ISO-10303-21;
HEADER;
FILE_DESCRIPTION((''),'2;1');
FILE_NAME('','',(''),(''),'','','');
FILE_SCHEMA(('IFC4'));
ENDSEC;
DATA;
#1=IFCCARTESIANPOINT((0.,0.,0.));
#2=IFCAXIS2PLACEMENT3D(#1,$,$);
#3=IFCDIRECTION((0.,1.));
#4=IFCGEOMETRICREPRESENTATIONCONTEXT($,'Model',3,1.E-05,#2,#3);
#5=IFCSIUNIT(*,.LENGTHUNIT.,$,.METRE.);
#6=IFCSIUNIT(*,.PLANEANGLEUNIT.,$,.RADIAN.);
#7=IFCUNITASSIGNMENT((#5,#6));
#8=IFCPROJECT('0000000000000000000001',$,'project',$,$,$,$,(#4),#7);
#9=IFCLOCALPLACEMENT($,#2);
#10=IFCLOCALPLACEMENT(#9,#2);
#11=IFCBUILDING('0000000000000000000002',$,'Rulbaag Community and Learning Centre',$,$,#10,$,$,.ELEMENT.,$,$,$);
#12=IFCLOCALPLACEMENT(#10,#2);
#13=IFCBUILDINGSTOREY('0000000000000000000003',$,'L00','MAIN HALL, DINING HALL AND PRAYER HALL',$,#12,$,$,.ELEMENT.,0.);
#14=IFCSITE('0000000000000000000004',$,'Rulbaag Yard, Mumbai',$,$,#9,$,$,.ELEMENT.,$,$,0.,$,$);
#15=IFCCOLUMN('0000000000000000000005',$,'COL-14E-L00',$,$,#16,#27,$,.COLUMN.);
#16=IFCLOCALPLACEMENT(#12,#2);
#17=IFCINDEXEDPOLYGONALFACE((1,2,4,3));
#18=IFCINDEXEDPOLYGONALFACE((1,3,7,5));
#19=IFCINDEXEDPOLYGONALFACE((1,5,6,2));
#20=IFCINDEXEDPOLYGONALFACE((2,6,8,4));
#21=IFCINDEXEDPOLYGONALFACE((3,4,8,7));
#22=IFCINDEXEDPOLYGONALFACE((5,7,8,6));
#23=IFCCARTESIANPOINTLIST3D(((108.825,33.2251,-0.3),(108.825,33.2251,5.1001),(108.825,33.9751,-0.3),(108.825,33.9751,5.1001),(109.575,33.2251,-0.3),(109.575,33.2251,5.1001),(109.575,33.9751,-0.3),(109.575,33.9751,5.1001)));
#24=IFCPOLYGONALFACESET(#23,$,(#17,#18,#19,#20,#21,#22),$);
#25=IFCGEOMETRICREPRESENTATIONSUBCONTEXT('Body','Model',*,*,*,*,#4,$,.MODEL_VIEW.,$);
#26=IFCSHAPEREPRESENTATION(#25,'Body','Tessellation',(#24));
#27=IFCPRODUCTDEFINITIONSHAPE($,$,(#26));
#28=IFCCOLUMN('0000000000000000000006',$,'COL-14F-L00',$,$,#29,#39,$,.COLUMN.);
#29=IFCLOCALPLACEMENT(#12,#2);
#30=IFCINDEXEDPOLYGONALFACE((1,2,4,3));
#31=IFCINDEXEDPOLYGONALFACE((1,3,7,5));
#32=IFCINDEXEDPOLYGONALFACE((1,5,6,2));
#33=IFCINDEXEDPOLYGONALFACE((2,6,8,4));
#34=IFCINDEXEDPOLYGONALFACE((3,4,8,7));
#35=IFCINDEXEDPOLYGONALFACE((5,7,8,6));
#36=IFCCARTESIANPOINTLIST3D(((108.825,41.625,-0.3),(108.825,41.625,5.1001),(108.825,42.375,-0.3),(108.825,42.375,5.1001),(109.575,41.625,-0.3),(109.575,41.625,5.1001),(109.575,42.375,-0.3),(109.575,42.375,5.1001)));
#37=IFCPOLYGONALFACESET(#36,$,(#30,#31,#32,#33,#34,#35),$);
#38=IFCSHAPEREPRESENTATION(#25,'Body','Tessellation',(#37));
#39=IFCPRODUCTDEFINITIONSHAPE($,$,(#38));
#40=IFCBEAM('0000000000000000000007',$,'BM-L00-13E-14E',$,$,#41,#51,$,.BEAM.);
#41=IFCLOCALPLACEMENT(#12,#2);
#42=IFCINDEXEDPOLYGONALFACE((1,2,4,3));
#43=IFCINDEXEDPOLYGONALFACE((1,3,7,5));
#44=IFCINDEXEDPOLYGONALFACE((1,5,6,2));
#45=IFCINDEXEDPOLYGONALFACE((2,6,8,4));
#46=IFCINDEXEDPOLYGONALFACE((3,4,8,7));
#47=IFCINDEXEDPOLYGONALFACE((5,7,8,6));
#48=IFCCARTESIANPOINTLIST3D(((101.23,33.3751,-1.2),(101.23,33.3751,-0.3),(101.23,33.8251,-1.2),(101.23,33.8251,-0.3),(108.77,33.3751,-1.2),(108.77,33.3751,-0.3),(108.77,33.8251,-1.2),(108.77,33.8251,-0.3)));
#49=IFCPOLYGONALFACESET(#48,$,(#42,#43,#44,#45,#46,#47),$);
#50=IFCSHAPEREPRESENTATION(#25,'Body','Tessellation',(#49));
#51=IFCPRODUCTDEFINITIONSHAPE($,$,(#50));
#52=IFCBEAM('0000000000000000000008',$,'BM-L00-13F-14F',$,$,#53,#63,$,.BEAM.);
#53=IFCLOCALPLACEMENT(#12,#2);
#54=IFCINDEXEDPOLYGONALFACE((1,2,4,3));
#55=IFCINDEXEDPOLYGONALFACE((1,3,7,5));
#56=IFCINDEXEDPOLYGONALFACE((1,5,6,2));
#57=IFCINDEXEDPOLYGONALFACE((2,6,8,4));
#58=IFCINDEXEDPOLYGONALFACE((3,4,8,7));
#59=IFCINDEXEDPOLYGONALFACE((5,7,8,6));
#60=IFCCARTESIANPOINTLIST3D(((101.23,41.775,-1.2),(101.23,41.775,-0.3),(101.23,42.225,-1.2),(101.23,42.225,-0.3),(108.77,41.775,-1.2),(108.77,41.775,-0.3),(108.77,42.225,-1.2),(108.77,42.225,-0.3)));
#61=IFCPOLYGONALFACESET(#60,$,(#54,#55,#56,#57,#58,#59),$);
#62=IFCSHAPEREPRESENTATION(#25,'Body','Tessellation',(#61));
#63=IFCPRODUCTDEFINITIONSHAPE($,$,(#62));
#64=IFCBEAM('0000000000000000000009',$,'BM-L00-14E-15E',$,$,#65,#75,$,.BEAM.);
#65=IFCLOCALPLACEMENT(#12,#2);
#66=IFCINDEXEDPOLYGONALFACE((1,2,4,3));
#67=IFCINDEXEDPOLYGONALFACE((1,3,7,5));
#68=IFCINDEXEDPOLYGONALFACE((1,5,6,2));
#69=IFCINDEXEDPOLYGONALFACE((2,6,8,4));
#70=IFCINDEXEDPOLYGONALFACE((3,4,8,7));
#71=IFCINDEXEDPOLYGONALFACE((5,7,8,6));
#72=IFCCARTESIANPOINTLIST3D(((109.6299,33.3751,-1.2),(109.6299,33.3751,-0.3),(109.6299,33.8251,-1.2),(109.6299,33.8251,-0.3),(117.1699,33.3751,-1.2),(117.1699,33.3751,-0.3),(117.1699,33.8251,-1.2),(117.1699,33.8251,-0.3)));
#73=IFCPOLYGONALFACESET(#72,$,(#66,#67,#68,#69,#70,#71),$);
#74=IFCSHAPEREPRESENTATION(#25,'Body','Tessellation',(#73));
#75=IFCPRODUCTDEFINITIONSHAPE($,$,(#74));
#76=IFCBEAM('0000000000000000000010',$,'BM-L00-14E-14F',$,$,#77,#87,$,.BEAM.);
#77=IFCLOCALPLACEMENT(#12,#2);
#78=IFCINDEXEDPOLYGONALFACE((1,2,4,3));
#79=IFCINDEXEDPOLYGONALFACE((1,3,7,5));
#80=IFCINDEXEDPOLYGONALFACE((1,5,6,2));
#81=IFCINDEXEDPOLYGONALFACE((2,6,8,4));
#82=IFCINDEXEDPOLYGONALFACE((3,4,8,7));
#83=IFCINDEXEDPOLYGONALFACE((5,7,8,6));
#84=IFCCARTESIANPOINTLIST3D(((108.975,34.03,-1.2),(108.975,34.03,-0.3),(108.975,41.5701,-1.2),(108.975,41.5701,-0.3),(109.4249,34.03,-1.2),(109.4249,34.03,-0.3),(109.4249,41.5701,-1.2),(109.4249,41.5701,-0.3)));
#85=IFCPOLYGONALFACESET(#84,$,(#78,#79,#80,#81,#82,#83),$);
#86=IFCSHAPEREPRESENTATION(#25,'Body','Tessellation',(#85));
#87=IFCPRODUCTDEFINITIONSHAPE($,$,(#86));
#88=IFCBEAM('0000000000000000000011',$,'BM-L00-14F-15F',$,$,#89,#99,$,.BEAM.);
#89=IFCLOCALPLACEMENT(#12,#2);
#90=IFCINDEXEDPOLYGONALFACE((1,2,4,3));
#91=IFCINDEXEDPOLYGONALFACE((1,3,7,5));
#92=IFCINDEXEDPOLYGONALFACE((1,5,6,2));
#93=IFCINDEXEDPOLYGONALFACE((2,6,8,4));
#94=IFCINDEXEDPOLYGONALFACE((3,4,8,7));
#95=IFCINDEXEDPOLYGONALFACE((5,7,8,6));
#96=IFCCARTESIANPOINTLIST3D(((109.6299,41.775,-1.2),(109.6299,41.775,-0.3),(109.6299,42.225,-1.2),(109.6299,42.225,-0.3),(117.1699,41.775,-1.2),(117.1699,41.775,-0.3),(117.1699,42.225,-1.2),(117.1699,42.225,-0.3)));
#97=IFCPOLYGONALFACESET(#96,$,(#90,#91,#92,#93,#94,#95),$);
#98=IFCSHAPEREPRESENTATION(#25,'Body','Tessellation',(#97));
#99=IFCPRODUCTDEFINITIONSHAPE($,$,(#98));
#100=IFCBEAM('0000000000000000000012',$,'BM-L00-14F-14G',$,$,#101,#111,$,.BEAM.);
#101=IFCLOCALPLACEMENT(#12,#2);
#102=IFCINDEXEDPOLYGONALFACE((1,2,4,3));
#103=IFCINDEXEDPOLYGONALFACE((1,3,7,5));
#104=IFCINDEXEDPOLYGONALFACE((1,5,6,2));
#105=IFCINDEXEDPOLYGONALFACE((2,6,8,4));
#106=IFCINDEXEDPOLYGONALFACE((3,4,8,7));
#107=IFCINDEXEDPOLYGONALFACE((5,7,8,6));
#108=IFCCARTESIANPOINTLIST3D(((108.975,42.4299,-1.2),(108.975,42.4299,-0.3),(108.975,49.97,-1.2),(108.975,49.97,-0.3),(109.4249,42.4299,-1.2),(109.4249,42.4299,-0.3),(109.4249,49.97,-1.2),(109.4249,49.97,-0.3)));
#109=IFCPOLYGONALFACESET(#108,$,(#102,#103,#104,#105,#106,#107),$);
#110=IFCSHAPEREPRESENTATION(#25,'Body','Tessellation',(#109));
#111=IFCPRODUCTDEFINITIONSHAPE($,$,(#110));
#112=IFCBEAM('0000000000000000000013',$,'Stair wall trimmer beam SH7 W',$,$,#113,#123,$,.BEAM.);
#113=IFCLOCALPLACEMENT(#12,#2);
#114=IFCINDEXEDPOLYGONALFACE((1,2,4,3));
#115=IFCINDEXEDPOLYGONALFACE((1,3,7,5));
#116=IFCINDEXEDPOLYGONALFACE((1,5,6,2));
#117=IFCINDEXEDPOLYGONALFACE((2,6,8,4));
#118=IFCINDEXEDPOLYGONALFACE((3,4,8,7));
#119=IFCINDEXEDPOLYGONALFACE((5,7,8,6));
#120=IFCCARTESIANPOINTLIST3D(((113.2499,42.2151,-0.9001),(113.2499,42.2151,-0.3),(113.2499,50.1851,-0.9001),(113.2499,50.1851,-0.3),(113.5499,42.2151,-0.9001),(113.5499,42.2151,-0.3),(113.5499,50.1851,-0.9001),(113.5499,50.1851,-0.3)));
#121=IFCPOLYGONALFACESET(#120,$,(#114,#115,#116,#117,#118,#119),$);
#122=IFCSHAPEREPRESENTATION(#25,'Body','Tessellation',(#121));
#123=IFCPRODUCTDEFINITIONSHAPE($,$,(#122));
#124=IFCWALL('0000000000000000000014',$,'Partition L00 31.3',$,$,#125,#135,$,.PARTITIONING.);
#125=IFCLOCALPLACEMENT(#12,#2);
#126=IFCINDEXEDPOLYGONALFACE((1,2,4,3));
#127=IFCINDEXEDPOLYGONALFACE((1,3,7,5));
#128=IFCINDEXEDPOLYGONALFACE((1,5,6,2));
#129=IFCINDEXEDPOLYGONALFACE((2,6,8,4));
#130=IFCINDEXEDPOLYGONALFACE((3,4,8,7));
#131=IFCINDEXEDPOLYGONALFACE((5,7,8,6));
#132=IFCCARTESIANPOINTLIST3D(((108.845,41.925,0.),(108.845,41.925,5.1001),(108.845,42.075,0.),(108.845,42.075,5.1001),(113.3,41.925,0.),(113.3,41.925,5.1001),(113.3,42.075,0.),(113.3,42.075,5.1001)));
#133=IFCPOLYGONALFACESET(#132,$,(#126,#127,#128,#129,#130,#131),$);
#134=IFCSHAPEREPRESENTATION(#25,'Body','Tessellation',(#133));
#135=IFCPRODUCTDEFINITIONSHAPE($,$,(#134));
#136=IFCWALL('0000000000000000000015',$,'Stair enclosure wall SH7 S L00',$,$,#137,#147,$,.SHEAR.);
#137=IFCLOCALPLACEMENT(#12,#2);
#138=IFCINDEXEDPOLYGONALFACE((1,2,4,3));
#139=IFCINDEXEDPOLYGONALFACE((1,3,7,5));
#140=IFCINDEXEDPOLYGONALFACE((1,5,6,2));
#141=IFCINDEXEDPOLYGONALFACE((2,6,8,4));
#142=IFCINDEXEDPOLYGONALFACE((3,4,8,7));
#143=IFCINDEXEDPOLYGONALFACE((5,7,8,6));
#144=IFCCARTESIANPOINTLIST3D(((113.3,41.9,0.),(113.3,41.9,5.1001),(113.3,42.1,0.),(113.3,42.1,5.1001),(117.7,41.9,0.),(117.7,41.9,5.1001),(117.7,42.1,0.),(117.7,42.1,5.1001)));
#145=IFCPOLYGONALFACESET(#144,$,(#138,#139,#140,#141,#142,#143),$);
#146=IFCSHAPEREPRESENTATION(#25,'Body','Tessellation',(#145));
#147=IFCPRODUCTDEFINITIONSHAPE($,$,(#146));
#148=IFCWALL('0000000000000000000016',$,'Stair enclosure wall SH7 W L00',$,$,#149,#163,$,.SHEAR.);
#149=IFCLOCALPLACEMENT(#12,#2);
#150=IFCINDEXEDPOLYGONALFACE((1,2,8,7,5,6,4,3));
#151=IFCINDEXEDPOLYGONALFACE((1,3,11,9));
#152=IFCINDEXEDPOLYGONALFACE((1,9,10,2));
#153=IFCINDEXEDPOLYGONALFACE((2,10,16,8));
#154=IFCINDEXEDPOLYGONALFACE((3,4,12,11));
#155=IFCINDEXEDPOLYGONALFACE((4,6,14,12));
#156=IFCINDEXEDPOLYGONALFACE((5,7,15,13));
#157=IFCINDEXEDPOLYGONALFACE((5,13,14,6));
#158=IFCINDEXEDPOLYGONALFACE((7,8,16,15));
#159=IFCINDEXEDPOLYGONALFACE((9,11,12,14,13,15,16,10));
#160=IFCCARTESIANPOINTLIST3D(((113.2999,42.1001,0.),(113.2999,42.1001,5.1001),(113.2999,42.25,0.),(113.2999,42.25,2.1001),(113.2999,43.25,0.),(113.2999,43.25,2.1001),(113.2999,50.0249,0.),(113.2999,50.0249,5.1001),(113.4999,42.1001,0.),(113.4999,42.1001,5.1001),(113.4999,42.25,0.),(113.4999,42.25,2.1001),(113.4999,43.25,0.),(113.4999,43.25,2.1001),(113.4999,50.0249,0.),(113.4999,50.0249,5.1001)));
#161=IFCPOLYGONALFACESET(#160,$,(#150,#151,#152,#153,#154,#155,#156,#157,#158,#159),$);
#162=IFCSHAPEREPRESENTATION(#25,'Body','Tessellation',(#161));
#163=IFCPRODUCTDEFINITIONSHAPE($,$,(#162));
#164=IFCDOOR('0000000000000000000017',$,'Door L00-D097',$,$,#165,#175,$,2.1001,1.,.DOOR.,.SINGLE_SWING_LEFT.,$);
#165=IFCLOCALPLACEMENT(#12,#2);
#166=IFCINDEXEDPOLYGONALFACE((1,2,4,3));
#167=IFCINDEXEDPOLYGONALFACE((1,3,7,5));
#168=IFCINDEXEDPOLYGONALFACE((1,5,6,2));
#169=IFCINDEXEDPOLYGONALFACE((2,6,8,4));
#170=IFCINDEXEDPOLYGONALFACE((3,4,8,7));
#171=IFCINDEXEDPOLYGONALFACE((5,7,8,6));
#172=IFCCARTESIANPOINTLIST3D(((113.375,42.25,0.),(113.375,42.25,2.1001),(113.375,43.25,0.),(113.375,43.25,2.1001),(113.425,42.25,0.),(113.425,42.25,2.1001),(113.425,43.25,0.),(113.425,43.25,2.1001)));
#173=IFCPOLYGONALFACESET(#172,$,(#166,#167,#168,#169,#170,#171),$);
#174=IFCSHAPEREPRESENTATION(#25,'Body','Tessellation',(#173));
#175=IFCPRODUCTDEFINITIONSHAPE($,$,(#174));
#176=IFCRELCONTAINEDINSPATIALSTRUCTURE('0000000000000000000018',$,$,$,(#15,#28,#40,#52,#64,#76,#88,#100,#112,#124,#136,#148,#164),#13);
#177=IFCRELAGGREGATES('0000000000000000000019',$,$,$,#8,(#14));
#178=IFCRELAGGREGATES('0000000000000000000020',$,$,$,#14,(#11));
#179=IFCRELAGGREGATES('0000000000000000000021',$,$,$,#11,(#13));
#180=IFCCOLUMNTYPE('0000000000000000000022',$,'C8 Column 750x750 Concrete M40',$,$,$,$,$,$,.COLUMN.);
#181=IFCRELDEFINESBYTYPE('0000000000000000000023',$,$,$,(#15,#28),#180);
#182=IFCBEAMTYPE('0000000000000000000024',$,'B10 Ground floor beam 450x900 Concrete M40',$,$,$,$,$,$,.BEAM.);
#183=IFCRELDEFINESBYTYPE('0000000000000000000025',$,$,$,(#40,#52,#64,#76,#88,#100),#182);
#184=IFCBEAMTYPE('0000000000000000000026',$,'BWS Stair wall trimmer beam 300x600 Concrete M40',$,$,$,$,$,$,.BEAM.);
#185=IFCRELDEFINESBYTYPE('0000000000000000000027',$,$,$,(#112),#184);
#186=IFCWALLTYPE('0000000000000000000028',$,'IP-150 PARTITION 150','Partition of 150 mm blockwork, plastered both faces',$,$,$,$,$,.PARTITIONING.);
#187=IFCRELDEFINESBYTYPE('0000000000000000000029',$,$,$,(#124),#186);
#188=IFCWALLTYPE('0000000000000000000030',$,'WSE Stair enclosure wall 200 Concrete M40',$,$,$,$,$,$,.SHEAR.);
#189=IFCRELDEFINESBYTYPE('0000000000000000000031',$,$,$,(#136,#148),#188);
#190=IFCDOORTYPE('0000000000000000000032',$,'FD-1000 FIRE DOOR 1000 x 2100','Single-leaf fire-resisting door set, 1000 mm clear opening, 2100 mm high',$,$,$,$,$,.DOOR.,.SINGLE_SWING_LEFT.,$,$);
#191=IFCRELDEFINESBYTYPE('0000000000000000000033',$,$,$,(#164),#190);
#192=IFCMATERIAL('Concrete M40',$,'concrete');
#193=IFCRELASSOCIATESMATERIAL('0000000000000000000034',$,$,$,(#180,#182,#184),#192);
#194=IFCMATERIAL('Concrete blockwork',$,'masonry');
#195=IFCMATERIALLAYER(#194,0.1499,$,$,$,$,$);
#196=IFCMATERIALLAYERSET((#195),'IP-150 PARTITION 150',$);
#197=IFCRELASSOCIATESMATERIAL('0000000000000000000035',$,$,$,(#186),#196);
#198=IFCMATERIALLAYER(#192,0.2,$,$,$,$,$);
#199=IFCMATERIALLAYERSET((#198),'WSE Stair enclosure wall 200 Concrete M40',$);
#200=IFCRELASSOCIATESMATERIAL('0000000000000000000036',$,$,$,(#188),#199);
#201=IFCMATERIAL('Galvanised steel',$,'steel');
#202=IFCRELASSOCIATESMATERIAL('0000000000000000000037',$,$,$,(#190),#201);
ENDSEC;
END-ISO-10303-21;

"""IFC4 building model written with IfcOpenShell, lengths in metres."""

from ifc_helpers import new_model, si_unit, direction, frame, frame_2d, origin, origin_2d, place, context, subcontext, project, spatial, rectangle, extrude, material, layer, layer_set, material_profile, profile_set, type_object, element, fill, save


model = new_model("IFC4")

# Units and contexts
model_context = context("Model", 3, precision=1e-05, world=origin(), true_north=direction((0.0, 1.0)))
body_context = subcontext(model_context, "Body", "Model", "MODEL_VIEW")
ifc_project = project(units=[si_unit("LENGTHUNIT", "METRE"), si_unit("PLANEANGLEUNIT", "RADIAN")], contexts=[model_context])

# Site, building, storey
site_placement = place(None, origin())
site = spatial("IfcSite", under=ifc_project, at=site_placement, Name="Rulbaag Yard, Mumbai", CompositionType="ELEMENT", RefElevation=0.0)
building_placement = place(site_placement, origin())
building = spatial("IfcBuilding", under=site, at=building_placement, Name="Rulbaag Community and Learning Centre", CompositionType="ELEMENT")
storey_placement = place(building_placement, origin())
storey = spatial("IfcBuildingStorey", under=building, at=storey_placement, Name="L00", Description="MAIN HALL, DINING HALL AND PRAYER HALL", CompositionType="ELEMENT", Elevation=0.0)

# Columns
ifc_material_1 = material(Name="Concrete M40", Category="concrete")
ifc_material_profile_1 = material_profile(ifc_material_1, rectangle(XDim=0.75, YDim=0.75, at=origin_2d()), Name="RC750x750")
ifc_profile_set_1 = profile_set([ifc_material_profile_1], Name="Concrete M40")
column_type = type_object("IfcColumnType", Name="C8 Column 750x750 Concrete M40", PredefinedType="COLUMN", material=ifc_profile_set_1)
for number, where, z_axis, x_axis, name in (
    (1, (109.2, 33.6001, -0.3), (0.0, 0.0, 1.0), (1.0, 0.0, 0.0), "COL-14E-L00"),
    (2, (109.2, 42.0, -0.3), (0.0, 0.0, 1.0), (1.0, 0.0, 0.0), "COL-14F-L00"),
):
    element("IfcColumn", number, at=place(storey_placement, frame(where, z_axis=z_axis, x_axis=x_axis)), inside=storey, type_object=column_type, Name=name, PredefinedType="COLUMN", context=body_context, shape_type="SweptSolid", body=[
        extrude(rectangle(XDim=0.75, YDim=0.75, at=origin_2d()), origin(), (0.0, 0.0, 1.0), 5.4001),
    ])

# Beams
ifc_material_profile_2 = material_profile(ifc_material_1, rectangle(XDim=0.45, YDim=0.8999, at=origin_2d()), Name="RB450x900")
ifc_profile_set_2 = profile_set([ifc_material_profile_2], Name="Concrete M40")
beam_type_1 = type_object("IfcBeamType", Name="B10 Ground floor beam 450x900 Concrete M40", PredefinedType="BEAM", material=ifc_profile_set_2)
for number, where, z_axis, x_axis, name in (
    (3, (101.23, 33.6001, -0.75), (1.0, 0.0, 0.0), (0.0, 1.0, 0.0), "BM-L00-13E-14E"),
    (4, (101.23, 42.0, -0.75), (1.0, 0.0, 0.0), (0.0, 1.0, 0.0), "BM-L00-13F-14F"),
    (5, (109.6299, 33.6001, -0.75), (1.0, 0.0, 0.0), (0.0, 1.0, 0.0), "BM-L00-14E-15E"),
    (6, (109.2, 34.03, -0.75), (0.0, 1.0, 0.0), (-1.0, 0.0, 0.0), "BM-L00-14E-14F"),
    (7, (109.6299, 42.0, -0.75), (1.0, 0.0, 0.0), (0.0, 1.0, 0.0), "BM-L00-14F-15F"),
    (8, (109.2, 42.4299, -0.75), (0.0, 1.0, 0.0), (-1.0, 0.0, 0.0), "BM-L00-14F-14G"),
):
    element("IfcBeam", number, at=place(storey_placement, frame(where, z_axis=z_axis, x_axis=x_axis)), inside=storey, type_object=beam_type_1, Name=name, PredefinedType="BEAM", context=body_context, shape_type="SweptSolid", body=[
        extrude(rectangle(XDim=0.45, YDim=0.8999, at=origin_2d()), origin(), (0.0, 0.0, 1.0), 7.54),
    ])
ifc_material_profile_3 = material_profile(ifc_material_1, rectangle(XDim=0.3, YDim=0.6001, at=origin_2d()), Name="RB300x600")
ifc_profile_set_3 = profile_set([ifc_material_profile_3], Name="Concrete M40")
beam_type_2 = type_object("IfcBeamType", Name="BWS Stair wall trimmer beam 300x600 Concrete M40", PredefinedType="BEAM", material=ifc_profile_set_3)
beam_placement = place(storey_placement, frame((113.3999, 42.2151, -0.6001), z_axis=(0.0, 1.0, 0.0), x_axis=(-1.0, 0.0, 0.0)))
element("IfcBeam", 9, at=beam_placement, inside=storey, type_object=beam_type_2, Name="Stair wall trimmer beam SH7 W", PredefinedType="BEAM", context=body_context, shape_type="SweptSolid", body=[
    extrude(rectangle(XDim=0.3, YDim=0.6001, at=origin_2d()), origin(), (0.0, 0.0, 1.0), 7.97),
])

# Shared definitions
ifc_material_2 = material(Name="Concrete blockwork", Category="masonry")
ifc_layer_1 = layer(ifc_material_2, 0.1499)
ifc_layer_set_1 = layer_set([ifc_layer_1], Name="IP-150 PARTITION 150")
wall_type_1 = type_object("IfcWallType", Name="IP-150 PARTITION 150", Description="Partition of 150 mm blockwork, plastered both faces", PredefinedType="PARTITIONING", material=ifc_layer_set_1)

# Walls
wall_1_placement = place(storey_placement, frame((108.845, 42.0, 0.0), z_axis=(0.0, 0.0, 1.0), x_axis=(1.0, 0.0, 0.0)))
element("IfcWall", 10, at=wall_1_placement, inside=storey, type_object=wall_type_1, Name="Partition L00 31.3", PredefinedType="PARTITIONING", context=body_context, shape_type="SweptSolid", body=[
    extrude(rectangle(XDim=4.4551, YDim=0.1499, at=frame_2d((2.2275, 0.0))), origin(), (0.0, 0.0, 1.0), 5.1001),
])
ifc_layer_2 = layer(ifc_material_1, 0.2)
ifc_layer_set_2 = layer_set([ifc_layer_2], Name="WSE Stair enclosure wall 200 Concrete M40")
wall_type_2 = type_object("IfcWallType", Name="WSE Stair enclosure wall 200 Concrete M40", PredefinedType="SHEAR", material=ifc_layer_set_2)
wall_2_placement = place(storey_placement, frame((113.3, 42.0, 0.0), z_axis=(0.0, 0.0, 1.0), x_axis=(1.0, 0.0, 0.0)))
element("IfcWall", 11, at=wall_2_placement, inside=storey, type_object=wall_type_2, Name="Stair enclosure wall SH7 S L00", PredefinedType="SHEAR", context=body_context, shape_type="SweptSolid", body=[
    extrude(rectangle(XDim=4.3999, YDim=0.2, at=frame_2d((2.2, 0.0))), origin(), (0.0, 0.0, 1.0), 5.1001),
])

# Wall, opening, door
wall_3_placement = place(storey_placement, frame((113.3999, 42.1001, 0.0), z_axis=(0.0, 0.0, 1.0), x_axis=(0.0, 1.0, 0.0)))
wall_3 = element("IfcWall", 12, at=wall_3_placement, inside=storey, type_object=wall_type_2, Name="Stair enclosure wall SH7 W L00", PredefinedType="SHEAR", context=body_context, shape_type="SweptSolid", body=[
    extrude(rectangle(XDim=7.9248, YDim=0.2, at=frame_2d((3.9624, 0.0))), origin(), (0.0, 0.0, 1.0), 5.1001),
])
opening_1_placement = place(wall_3_placement, frame((0.1499, 0.0, 0.0)))
opening_1 = element("IfcOpeningElement", 13, at=opening_1_placement, cuts=wall_3, PredefinedType="OPENING", context=body_context, shape_type="SweptSolid", body=[
    extrude(rectangle(XDim=1.0, YDim=2.1001, at=frame_2d((0.5, 1.05))), frame((0.0, 0.1099, 0.0), z_axis=(0.0, -1.0, 0.0), x_axis=(1.0, 0.0, 0.0)), (0.0, 0.0, 1.0), 0.22),
])
ifc_material_3 = material(Name="Galvanised steel", Category="steel")
door_type_1 = type_object("IfcDoorType", Name="FD-1000 FIRE DOOR 1000 x 2100", Description="Single-leaf fire-resisting door set, 1000 mm clear opening, 2100 mm high", OperationType="SINGLE_SWING_LEFT", PredefinedType="DOOR", material=ifc_material_3)
door_1_placement = place(opening_1_placement, origin())
door_1 = element("IfcDoor", 14, at=door_1_placement, inside=storey, type_object=door_type_1, Name="Door L00-D097", OperationType="SINGLE_SWING_LEFT", OverallHeight=2.1001, OverallWidth=1.0, PredefinedType="DOOR", context=body_context, shape_type="SweptSolid", body=[
    extrude(rectangle(XDim=1.0, YDim=2.1001, at=frame_2d((0.5, 1.05))), frame((0.0, 0.0249, 0.0), z_axis=(0.0, -1.0, 0.0), x_axis=(1.0, 0.0, 0.0)), (0.0, 0.0, 1.0), 0.05),
])
fill(opening_1, door_1)

save(model, "model.ifc")
